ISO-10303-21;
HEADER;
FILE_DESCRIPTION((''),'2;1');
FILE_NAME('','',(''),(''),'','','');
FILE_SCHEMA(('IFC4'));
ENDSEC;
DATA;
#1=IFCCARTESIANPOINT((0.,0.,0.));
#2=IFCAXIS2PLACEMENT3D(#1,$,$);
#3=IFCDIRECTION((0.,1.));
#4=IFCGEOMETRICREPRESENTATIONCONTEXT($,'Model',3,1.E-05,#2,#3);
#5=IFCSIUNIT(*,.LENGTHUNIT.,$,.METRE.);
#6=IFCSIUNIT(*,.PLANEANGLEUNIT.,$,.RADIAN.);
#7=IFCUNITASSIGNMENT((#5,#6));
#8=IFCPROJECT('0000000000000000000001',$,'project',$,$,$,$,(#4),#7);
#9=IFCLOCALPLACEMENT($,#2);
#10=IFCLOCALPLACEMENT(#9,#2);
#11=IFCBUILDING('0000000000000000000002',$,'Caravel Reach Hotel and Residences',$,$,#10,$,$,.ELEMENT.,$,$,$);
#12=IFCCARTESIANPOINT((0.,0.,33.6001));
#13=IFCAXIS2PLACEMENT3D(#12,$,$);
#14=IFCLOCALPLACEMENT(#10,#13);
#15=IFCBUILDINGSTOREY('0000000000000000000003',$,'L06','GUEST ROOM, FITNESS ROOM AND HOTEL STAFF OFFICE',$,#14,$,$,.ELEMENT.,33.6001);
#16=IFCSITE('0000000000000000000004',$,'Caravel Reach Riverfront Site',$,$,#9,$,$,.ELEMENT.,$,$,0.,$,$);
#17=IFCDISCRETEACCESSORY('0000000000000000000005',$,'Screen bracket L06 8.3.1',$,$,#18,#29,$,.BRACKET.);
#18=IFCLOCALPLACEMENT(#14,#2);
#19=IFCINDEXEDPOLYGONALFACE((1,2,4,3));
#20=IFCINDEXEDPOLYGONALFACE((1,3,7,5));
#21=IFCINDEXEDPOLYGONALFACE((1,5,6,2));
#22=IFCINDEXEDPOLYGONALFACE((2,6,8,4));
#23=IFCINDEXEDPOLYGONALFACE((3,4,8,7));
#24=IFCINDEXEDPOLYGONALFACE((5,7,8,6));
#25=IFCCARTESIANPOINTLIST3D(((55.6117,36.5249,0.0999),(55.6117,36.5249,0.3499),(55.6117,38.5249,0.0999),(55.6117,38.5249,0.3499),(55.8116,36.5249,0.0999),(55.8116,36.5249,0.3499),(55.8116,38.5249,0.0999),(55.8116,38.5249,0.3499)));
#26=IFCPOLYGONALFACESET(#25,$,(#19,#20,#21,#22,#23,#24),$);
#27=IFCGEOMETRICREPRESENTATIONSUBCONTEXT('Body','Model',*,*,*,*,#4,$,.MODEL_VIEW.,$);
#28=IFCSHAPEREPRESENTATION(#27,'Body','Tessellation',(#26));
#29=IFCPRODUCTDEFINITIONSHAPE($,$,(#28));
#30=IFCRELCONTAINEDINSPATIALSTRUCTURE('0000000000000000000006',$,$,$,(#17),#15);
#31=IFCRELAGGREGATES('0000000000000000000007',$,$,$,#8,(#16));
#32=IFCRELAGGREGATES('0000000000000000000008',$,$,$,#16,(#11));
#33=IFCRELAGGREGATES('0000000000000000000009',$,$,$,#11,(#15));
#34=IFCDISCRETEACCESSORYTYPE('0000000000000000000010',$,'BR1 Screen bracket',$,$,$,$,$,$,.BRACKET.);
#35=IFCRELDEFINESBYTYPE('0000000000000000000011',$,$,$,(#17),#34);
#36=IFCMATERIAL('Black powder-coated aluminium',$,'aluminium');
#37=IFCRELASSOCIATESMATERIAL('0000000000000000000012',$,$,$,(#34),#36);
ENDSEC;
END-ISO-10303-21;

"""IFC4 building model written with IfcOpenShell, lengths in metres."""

from ifc_helpers import new_model, si_unit, direction, frame, origin, origin_2d, place, context, subcontext, project, spatial, rectangle, extrude, material, type_object, element, save


model = new_model("IFC4")

# Units and contexts
model_context = context("Model", 3, precision=1e-05, world=origin(), true_north=direction((0.0, 1.0)))
body_context = subcontext(model_context, "Body", "Model", "MODEL_VIEW")
ifc_project = project(units=[si_unit("LENGTHUNIT", "METRE"), si_unit("PLANEANGLEUNIT", "RADIAN")], contexts=[model_context])

# Site, building, storey
site_placement = place(None, origin())
site = spatial("IfcSite", under=ifc_project, at=site_placement, Name="Caravel Reach Riverfront Site", CompositionType="ELEMENT", RefElevation=0.0)
building_placement = place(site_placement, origin())
building = spatial("IfcBuilding", under=site, at=building_placement, Name="Caravel Reach Hotel and Residences", CompositionType="ELEMENT")
storey_placement = place(building_placement, frame((0.0, 0.0, 33.6001)))
storey = spatial("IfcBuildingStorey", under=building, at=storey_placement, Name="L06", Description="GUEST ROOM, FITNESS ROOM AND HOTEL STAFF OFFICE", CompositionType="ELEMENT", Elevation=33.6001)

# Discrete accessory
ifc_material_1 = material(Name="Black powder-coated aluminium", Category="aluminium")
discrete_accessory_type = type_object("IfcDiscreteAccessoryType", Name="BR1 Screen bracket", PredefinedType="BRACKET", material=ifc_material_1)
discrete_accessory_1_placement = place(storey_placement, frame((55.7117, 37.5249, 0.0999), z_axis=(0.0, 0.0, 1.0), x_axis=(0.0, 1.0, 0.0)))
element("IfcDiscreteAccessory", 1, at=discrete_accessory_1_placement, inside=storey, type_object=discrete_accessory_type, Name="Screen bracket L06 8.3.1", PredefinedType="BRACKET", context=body_context, shape_type="SweptSolid", body=[
    extrude(rectangle(XDim=2.0, YDim=0.2, at=origin_2d()), origin(), (0.0, 0.0, 1.0), 0.25),
])

save(model, "model.ifc")
